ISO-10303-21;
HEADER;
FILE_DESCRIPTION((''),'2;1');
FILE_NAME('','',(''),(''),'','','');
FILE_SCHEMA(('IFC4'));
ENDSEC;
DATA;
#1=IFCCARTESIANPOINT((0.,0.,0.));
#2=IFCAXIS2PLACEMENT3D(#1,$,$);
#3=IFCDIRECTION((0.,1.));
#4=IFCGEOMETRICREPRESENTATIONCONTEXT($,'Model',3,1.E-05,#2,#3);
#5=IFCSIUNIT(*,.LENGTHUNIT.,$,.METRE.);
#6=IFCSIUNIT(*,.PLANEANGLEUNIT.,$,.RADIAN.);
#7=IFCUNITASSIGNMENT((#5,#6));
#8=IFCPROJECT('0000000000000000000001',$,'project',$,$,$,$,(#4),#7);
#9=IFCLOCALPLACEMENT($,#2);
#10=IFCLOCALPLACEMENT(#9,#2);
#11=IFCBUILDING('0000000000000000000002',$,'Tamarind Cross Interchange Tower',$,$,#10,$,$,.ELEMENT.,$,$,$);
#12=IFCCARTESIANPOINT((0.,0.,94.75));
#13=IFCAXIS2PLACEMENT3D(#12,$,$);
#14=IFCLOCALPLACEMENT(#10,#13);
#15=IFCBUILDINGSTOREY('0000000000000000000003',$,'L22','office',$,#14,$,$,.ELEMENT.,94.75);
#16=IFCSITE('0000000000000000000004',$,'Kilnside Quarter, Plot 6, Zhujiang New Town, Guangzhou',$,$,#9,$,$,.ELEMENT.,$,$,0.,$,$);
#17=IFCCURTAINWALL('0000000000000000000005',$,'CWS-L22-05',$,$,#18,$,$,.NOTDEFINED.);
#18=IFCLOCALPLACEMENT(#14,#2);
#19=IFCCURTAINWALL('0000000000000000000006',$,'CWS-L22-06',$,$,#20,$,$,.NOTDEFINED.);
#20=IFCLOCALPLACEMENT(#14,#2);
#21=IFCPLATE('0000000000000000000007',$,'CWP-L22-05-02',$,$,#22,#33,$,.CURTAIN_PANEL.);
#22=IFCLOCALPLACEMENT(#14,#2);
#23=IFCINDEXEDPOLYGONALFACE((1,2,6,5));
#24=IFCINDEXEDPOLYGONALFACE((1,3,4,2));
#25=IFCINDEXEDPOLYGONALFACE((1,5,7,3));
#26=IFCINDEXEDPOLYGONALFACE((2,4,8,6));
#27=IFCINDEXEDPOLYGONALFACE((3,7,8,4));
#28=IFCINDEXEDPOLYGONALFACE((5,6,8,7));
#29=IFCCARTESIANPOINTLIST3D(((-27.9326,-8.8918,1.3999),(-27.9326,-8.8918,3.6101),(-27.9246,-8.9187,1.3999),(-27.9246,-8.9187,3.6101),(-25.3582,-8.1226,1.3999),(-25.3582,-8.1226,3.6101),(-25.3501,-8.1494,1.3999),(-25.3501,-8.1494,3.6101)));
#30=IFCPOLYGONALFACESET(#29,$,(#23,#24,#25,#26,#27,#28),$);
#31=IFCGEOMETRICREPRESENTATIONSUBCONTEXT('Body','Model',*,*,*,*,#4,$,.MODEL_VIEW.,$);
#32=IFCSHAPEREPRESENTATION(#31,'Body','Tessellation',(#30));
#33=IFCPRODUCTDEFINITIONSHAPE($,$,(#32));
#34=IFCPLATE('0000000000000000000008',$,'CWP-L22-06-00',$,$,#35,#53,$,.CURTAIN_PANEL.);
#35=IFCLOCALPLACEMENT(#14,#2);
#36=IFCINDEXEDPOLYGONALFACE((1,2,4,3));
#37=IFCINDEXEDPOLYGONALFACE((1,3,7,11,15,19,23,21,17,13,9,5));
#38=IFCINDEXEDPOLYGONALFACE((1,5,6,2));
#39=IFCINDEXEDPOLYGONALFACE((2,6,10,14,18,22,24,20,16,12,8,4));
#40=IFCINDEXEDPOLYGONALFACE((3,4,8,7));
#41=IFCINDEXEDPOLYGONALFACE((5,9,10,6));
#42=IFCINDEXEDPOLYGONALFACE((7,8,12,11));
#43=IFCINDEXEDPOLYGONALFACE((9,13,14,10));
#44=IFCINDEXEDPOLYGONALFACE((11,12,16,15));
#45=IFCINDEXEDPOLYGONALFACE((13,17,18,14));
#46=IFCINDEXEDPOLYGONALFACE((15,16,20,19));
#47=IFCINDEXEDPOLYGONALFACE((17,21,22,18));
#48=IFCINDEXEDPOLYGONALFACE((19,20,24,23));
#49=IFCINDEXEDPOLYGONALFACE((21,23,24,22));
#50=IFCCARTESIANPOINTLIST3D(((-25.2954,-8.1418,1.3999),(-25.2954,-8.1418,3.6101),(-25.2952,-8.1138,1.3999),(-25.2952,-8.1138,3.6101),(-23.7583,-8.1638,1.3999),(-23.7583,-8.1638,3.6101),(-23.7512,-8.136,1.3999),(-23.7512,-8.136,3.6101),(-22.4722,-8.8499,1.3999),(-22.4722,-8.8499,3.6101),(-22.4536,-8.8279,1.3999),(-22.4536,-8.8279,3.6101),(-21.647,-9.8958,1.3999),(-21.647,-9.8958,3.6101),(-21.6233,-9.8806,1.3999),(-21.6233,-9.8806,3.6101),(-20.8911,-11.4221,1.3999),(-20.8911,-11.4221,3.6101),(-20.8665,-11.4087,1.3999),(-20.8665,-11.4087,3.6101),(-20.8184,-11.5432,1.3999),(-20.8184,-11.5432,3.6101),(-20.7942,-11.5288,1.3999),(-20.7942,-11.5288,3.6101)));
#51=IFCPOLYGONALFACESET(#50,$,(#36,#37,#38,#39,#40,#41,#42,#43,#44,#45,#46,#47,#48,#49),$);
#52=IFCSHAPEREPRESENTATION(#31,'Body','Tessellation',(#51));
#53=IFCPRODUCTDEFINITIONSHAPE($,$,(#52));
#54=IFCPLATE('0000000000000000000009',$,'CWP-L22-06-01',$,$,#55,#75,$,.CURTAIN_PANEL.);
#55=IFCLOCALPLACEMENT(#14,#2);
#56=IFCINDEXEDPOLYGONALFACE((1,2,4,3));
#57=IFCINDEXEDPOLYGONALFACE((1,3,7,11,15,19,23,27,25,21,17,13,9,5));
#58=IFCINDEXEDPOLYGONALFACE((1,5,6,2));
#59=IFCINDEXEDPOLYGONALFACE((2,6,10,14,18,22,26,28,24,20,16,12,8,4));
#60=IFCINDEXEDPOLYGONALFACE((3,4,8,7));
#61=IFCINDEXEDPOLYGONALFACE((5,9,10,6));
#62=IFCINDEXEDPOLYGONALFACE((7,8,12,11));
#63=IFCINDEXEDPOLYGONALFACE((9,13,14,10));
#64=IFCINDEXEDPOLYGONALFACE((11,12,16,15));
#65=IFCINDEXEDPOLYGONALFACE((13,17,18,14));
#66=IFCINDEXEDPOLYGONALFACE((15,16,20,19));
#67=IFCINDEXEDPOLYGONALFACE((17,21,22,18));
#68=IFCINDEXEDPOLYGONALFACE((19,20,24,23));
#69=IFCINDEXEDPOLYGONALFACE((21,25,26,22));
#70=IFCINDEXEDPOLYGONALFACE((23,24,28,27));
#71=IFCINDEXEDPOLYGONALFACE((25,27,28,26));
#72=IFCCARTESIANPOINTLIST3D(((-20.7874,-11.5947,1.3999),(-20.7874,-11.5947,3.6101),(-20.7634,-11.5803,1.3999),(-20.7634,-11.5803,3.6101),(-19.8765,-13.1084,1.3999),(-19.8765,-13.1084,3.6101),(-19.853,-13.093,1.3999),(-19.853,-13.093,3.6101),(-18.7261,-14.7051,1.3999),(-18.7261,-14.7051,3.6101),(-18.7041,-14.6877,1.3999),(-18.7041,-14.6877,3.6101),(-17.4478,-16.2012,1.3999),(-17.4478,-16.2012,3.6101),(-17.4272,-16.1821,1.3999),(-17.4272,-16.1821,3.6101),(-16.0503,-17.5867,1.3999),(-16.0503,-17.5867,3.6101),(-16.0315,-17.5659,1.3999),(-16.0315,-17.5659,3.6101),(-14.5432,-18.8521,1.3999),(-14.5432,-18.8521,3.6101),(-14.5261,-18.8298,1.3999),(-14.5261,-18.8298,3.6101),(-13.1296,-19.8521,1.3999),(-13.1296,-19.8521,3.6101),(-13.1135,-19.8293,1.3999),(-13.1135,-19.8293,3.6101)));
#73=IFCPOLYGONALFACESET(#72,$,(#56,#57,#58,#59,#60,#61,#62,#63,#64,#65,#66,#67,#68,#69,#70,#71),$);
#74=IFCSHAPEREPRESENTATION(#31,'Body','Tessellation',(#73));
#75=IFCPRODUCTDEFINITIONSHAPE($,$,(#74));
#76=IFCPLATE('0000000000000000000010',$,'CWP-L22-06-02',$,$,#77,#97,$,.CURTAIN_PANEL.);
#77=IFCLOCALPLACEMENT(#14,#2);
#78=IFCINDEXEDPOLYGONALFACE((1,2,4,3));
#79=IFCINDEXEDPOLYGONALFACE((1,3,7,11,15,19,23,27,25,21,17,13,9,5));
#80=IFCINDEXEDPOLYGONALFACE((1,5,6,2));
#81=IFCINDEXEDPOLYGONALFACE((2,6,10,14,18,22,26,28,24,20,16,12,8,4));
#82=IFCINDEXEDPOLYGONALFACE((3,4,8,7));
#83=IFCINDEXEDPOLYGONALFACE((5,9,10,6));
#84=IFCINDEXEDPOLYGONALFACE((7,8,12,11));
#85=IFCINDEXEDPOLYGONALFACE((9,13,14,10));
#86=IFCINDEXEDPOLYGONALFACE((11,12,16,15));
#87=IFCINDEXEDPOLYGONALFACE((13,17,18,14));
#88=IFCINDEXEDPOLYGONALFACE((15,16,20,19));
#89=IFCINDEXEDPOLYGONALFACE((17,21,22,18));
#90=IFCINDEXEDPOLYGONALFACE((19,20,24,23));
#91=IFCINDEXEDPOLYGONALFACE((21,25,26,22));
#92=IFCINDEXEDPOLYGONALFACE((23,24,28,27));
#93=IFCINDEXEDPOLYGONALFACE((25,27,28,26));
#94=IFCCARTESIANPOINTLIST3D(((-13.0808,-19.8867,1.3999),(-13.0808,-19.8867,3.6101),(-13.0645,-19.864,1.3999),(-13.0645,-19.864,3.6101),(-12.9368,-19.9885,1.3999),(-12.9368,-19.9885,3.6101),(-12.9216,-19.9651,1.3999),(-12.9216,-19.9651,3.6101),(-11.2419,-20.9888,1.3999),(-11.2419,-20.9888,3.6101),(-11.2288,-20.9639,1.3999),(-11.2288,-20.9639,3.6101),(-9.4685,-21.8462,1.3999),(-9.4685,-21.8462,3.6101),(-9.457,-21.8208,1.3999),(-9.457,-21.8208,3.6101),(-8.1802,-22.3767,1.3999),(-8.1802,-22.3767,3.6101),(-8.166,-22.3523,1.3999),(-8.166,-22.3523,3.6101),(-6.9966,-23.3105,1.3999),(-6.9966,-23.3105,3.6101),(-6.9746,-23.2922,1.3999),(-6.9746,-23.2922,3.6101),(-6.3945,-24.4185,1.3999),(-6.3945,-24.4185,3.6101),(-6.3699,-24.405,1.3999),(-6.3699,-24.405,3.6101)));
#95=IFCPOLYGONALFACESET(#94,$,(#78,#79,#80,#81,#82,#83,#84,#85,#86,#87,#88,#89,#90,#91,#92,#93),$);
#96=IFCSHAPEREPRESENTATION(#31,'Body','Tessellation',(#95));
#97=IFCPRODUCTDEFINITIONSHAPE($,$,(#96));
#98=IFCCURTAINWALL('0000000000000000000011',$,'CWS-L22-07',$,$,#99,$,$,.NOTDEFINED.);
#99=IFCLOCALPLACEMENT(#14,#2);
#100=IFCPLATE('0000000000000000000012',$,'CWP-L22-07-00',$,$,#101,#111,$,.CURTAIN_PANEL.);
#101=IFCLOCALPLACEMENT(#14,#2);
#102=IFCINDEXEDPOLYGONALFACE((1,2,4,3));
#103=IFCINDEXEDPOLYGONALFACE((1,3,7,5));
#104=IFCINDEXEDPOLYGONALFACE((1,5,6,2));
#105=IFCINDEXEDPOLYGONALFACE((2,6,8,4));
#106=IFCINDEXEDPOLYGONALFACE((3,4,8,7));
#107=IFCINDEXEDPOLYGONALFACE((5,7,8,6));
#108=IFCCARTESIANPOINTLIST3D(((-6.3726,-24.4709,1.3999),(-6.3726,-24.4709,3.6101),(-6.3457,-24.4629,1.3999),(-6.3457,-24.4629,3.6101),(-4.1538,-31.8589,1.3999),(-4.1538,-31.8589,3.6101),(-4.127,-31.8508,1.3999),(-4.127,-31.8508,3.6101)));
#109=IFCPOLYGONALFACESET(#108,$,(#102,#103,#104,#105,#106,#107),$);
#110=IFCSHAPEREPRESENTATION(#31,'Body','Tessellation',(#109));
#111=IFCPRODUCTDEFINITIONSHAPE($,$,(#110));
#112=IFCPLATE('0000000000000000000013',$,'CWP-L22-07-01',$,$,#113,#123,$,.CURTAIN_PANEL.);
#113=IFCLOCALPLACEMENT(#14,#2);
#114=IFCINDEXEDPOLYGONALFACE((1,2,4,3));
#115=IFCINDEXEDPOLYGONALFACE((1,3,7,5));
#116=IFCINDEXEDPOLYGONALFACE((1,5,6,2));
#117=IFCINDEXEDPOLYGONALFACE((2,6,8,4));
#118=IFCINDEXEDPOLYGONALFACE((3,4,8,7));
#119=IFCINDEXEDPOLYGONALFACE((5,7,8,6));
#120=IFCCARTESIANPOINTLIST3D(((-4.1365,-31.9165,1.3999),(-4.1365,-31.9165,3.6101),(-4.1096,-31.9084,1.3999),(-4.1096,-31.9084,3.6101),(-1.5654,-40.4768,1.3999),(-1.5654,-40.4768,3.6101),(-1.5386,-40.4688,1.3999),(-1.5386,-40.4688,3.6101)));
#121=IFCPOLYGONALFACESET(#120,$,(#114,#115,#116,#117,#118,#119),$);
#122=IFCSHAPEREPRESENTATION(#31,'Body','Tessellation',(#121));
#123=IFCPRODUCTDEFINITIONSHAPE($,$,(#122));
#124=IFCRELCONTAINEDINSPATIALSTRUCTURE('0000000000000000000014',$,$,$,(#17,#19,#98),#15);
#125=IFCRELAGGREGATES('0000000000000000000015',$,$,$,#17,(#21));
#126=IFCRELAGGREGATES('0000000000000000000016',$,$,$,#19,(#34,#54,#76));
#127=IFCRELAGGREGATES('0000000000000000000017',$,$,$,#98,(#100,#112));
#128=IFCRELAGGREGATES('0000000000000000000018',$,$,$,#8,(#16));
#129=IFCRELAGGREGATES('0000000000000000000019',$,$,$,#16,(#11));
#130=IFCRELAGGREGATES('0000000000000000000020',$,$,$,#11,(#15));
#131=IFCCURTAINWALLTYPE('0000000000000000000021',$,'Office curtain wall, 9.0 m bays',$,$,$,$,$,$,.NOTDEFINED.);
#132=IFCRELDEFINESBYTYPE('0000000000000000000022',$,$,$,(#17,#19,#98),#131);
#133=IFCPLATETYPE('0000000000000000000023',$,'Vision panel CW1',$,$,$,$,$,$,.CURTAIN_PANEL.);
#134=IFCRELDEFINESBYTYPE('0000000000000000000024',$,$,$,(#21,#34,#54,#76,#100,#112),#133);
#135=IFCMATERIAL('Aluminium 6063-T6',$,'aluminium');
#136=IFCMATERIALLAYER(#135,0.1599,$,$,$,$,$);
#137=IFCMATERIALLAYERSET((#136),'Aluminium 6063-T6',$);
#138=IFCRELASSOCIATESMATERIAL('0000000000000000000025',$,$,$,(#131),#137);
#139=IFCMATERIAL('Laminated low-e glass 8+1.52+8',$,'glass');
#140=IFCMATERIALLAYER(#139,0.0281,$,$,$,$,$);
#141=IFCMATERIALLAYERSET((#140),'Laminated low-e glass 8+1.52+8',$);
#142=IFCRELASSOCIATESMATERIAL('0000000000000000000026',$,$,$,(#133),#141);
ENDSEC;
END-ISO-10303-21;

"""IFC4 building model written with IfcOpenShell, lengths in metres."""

from ifc_helpers import new_model, si_unit, direction, frame, origin, place, context, subcontext, project, spatial, polyline, outline, extrude, material, layer, layer_set, type_object, element, aggregate, save


model = new_model("IFC4")

# Units and contexts
model_context = context("Model", 3, precision=1e-05, world=origin(), true_north=direction((0.0, 1.0)))
body_context = subcontext(model_context, "Body", "Model", "MODEL_VIEW")
ifc_project = project(units=[si_unit("LENGTHUNIT", "METRE"), si_unit("PLANEANGLEUNIT", "RADIAN")], contexts=[model_context])

# Site, building, storey
site_placement = place(None, origin())
site = spatial("IfcSite", under=ifc_project, at=site_placement, Name="Kilnside Quarter, Plot 6, Zhujiang New Town, Guangzhou", CompositionType="ELEMENT", RefElevation=0.0)
building_placement = place(site_placement, origin())
building = spatial("IfcBuilding", under=site, at=building_placement, Name="Tamarind Cross Interchange Tower", CompositionType="ELEMENT")
storey_placement = place(building_placement, frame((0.0, 0.0, 94.75)))
storey = spatial("IfcBuildingStorey", under=building, at=storey_placement, Name="L22", Description="office", CompositionType="ELEMENT", Elevation=94.75)

# Curtain walls
ifc_material_1 = material(Name="Aluminium 6063-T6", Category="aluminium")
ifc_layer_1 = layer(ifc_material_1, 0.1599)
ifc_layer_set_1 = layer_set([ifc_layer_1], Name="Aluminium 6063-T6")
curtain_wall_type = type_object("IfcCurtainWallType", Name="Office curtain wall, 9.0 m bays", PredefinedType="NOTDEFINED", material=ifc_layer_set_1)
curtain_wall_1_placement = place(storey_placement, origin())
curtain_wall_1 = element("IfcCurtainWall", 1, at=curtain_wall_1_placement, inside=storey, type_object=curtain_wall_type, Name="CWS-L22-05", PredefinedType="NOTDEFINED")
curtain_wall_2_placement = place(storey_placement, origin())
curtain_wall_2 = element("IfcCurtainWall", 2, at=curtain_wall_2_placement, inside=storey, type_object=curtain_wall_type, Name="CWS-L22-06", PredefinedType="NOTDEFINED")

# Plates
ifc_material_2 = material(Name="Laminated low-e glass 8+1.52+8", Category="glass")
ifc_layer_2 = layer(ifc_material_2, 0.0281)
ifc_layer_set_2 = layer_set([ifc_layer_2], Name="Laminated low-e glass 8+1.52+8")
plate_type = type_object("IfcPlateType", Name="Vision panel CW1", PredefinedType="CURTAIN_PANEL", material=ifc_layer_set_2)
plate_1_placement = place(storey_placement, frame((0.0, 0.0, 1.3999)))
plate_1 = element("IfcPlate", 3, at=plate_1_placement, type_object=plate_type, Name="CWP-L22-05-02", PredefinedType="CURTAIN_PANEL", context=body_context, shape_type="SweptSolid", body=[
    extrude(outline(polyline([(-27.9326, -8.8918), (-25.3582, -8.1226), (-25.3501, -8.1494), (-27.9246, -8.9187), (-27.9326, -8.8918)])), origin(), (0.0, 0.0, 1.0), 2.2102),
])
aggregate(curtain_wall_1, [plate_1])
plate_2_placement = place(storey_placement, frame((0.0, 0.0, 1.3999)))
plate_2 = element("IfcPlate", 4, at=plate_2_placement, type_object=plate_type, Name="CWP-L22-06-00", PredefinedType="CURTAIN_PANEL", context=body_context, shape_type="SweptSolid", body=[
    extrude(outline(polyline([(-25.2952, -8.1138), (-23.7512, -8.136), (-22.4536, -8.8279), (-21.6233, -9.8806), (-20.8665, -11.4087), (-20.7942, -11.5288), (-20.8184, -11.5432), (-20.8911, -11.4221), (-21.647, -9.8958), (-22.4722, -8.8499), (-23.7583, -8.1638), (-25.2954, -8.1418), (-25.2952, -8.1138)])), origin(), (0.0, 0.0, 1.0), 2.2102),
])
plate_3_placement = place(storey_placement, frame((0.0, 0.0, 1.3999)))
plate_3 = element("IfcPlate", 5, at=plate_3_placement, type_object=plate_type, Name="CWP-L22-06-01", PredefinedType="CURTAIN_PANEL", context=body_context, shape_type="SweptSolid", body=[
    extrude(outline(polyline([(-20.7634, -11.5803), (-19.853, -13.093), (-18.7041, -14.6877), (-17.4272, -16.1821), (-16.0315, -17.5659), (-14.5261, -18.8298), (-13.1135, -19.8293), (-13.1296, -19.8521), (-14.5432, -18.8521), (-16.0503, -17.5867), (-17.4478, -16.2012), (-18.7261, -14.7051), (-19.8765, -13.1084), (-20.7874, -11.5947), (-20.7634, -11.5803)])), origin(), (0.0, 0.0, 1.0), 2.2102),
])
plate_4_placement = place(storey_placement, frame((0.0, 0.0, 1.3999)))
plate_4 = element("IfcPlate", 6, at=plate_4_placement, type_object=plate_type, Name="CWP-L22-06-02", PredefinedType="CURTAIN_PANEL", context=body_context, shape_type="SweptSolid", body=[
    extrude(outline(polyline([(-13.0645, -19.864), (-12.9216, -19.9651), (-11.2288, -20.9639), (-9.457, -21.8208), (-8.166, -22.3523), (-6.9746, -23.2922), (-6.3699, -24.405), (-6.3945, -24.4185), (-6.9966, -23.3105), (-8.1802, -22.3767), (-9.4685, -21.8462), (-11.2419, -20.9888), (-12.9368, -19.9885), (-13.0808, -19.8867), (-13.0645, -19.864)])), origin(), (0.0, 0.0, 1.0), 2.2102),
])
aggregate(curtain_wall_2, [plate_2, plate_3, plate_4])

# Curtain wall, plates
curtain_wall_3_placement = place(storey_placement, origin())
curtain_wall_3 = element("IfcCurtainWall", 7, at=curtain_wall_3_placement, inside=storey, type_object=curtain_wall_type, Name="CWS-L22-07", PredefinedType="NOTDEFINED")
plate_5_placement = place(storey_placement, frame((0.0, 0.0, 1.3999)))
plate_5 = element("IfcPlate", 8, at=plate_5_placement, type_object=plate_type, Name="CWP-L22-07-00", PredefinedType="CURTAIN_PANEL", context=body_context, shape_type="SweptSolid", body=[
    extrude(outline(polyline([(-6.3457, -24.4629), (-4.127, -31.8508), (-4.1538, -31.8589), (-6.3726, -24.4709), (-6.3457, -24.4629)])), origin(), (0.0, 0.0, 1.0), 2.2102),
])
plate_6_placement = place(storey_placement, frame((0.0, 0.0, 1.3999)))
plate_6 = element("IfcPlate", 9, at=plate_6_placement, type_object=plate_type, Name="CWP-L22-07-01", PredefinedType="CURTAIN_PANEL", context=body_context, shape_type="SweptSolid", body=[
    extrude(outline(polyline([(-4.1096, -31.9084), (-1.5386, -40.4688), (-1.5654, -40.4768), (-4.1365, -31.9165), (-4.1096, -31.9084)])), origin(), (0.0, 0.0, 1.0), 2.2102),
])
aggregate(curtain_wall_3, [plate_5, plate_6])

save(model, "model.ifc")
